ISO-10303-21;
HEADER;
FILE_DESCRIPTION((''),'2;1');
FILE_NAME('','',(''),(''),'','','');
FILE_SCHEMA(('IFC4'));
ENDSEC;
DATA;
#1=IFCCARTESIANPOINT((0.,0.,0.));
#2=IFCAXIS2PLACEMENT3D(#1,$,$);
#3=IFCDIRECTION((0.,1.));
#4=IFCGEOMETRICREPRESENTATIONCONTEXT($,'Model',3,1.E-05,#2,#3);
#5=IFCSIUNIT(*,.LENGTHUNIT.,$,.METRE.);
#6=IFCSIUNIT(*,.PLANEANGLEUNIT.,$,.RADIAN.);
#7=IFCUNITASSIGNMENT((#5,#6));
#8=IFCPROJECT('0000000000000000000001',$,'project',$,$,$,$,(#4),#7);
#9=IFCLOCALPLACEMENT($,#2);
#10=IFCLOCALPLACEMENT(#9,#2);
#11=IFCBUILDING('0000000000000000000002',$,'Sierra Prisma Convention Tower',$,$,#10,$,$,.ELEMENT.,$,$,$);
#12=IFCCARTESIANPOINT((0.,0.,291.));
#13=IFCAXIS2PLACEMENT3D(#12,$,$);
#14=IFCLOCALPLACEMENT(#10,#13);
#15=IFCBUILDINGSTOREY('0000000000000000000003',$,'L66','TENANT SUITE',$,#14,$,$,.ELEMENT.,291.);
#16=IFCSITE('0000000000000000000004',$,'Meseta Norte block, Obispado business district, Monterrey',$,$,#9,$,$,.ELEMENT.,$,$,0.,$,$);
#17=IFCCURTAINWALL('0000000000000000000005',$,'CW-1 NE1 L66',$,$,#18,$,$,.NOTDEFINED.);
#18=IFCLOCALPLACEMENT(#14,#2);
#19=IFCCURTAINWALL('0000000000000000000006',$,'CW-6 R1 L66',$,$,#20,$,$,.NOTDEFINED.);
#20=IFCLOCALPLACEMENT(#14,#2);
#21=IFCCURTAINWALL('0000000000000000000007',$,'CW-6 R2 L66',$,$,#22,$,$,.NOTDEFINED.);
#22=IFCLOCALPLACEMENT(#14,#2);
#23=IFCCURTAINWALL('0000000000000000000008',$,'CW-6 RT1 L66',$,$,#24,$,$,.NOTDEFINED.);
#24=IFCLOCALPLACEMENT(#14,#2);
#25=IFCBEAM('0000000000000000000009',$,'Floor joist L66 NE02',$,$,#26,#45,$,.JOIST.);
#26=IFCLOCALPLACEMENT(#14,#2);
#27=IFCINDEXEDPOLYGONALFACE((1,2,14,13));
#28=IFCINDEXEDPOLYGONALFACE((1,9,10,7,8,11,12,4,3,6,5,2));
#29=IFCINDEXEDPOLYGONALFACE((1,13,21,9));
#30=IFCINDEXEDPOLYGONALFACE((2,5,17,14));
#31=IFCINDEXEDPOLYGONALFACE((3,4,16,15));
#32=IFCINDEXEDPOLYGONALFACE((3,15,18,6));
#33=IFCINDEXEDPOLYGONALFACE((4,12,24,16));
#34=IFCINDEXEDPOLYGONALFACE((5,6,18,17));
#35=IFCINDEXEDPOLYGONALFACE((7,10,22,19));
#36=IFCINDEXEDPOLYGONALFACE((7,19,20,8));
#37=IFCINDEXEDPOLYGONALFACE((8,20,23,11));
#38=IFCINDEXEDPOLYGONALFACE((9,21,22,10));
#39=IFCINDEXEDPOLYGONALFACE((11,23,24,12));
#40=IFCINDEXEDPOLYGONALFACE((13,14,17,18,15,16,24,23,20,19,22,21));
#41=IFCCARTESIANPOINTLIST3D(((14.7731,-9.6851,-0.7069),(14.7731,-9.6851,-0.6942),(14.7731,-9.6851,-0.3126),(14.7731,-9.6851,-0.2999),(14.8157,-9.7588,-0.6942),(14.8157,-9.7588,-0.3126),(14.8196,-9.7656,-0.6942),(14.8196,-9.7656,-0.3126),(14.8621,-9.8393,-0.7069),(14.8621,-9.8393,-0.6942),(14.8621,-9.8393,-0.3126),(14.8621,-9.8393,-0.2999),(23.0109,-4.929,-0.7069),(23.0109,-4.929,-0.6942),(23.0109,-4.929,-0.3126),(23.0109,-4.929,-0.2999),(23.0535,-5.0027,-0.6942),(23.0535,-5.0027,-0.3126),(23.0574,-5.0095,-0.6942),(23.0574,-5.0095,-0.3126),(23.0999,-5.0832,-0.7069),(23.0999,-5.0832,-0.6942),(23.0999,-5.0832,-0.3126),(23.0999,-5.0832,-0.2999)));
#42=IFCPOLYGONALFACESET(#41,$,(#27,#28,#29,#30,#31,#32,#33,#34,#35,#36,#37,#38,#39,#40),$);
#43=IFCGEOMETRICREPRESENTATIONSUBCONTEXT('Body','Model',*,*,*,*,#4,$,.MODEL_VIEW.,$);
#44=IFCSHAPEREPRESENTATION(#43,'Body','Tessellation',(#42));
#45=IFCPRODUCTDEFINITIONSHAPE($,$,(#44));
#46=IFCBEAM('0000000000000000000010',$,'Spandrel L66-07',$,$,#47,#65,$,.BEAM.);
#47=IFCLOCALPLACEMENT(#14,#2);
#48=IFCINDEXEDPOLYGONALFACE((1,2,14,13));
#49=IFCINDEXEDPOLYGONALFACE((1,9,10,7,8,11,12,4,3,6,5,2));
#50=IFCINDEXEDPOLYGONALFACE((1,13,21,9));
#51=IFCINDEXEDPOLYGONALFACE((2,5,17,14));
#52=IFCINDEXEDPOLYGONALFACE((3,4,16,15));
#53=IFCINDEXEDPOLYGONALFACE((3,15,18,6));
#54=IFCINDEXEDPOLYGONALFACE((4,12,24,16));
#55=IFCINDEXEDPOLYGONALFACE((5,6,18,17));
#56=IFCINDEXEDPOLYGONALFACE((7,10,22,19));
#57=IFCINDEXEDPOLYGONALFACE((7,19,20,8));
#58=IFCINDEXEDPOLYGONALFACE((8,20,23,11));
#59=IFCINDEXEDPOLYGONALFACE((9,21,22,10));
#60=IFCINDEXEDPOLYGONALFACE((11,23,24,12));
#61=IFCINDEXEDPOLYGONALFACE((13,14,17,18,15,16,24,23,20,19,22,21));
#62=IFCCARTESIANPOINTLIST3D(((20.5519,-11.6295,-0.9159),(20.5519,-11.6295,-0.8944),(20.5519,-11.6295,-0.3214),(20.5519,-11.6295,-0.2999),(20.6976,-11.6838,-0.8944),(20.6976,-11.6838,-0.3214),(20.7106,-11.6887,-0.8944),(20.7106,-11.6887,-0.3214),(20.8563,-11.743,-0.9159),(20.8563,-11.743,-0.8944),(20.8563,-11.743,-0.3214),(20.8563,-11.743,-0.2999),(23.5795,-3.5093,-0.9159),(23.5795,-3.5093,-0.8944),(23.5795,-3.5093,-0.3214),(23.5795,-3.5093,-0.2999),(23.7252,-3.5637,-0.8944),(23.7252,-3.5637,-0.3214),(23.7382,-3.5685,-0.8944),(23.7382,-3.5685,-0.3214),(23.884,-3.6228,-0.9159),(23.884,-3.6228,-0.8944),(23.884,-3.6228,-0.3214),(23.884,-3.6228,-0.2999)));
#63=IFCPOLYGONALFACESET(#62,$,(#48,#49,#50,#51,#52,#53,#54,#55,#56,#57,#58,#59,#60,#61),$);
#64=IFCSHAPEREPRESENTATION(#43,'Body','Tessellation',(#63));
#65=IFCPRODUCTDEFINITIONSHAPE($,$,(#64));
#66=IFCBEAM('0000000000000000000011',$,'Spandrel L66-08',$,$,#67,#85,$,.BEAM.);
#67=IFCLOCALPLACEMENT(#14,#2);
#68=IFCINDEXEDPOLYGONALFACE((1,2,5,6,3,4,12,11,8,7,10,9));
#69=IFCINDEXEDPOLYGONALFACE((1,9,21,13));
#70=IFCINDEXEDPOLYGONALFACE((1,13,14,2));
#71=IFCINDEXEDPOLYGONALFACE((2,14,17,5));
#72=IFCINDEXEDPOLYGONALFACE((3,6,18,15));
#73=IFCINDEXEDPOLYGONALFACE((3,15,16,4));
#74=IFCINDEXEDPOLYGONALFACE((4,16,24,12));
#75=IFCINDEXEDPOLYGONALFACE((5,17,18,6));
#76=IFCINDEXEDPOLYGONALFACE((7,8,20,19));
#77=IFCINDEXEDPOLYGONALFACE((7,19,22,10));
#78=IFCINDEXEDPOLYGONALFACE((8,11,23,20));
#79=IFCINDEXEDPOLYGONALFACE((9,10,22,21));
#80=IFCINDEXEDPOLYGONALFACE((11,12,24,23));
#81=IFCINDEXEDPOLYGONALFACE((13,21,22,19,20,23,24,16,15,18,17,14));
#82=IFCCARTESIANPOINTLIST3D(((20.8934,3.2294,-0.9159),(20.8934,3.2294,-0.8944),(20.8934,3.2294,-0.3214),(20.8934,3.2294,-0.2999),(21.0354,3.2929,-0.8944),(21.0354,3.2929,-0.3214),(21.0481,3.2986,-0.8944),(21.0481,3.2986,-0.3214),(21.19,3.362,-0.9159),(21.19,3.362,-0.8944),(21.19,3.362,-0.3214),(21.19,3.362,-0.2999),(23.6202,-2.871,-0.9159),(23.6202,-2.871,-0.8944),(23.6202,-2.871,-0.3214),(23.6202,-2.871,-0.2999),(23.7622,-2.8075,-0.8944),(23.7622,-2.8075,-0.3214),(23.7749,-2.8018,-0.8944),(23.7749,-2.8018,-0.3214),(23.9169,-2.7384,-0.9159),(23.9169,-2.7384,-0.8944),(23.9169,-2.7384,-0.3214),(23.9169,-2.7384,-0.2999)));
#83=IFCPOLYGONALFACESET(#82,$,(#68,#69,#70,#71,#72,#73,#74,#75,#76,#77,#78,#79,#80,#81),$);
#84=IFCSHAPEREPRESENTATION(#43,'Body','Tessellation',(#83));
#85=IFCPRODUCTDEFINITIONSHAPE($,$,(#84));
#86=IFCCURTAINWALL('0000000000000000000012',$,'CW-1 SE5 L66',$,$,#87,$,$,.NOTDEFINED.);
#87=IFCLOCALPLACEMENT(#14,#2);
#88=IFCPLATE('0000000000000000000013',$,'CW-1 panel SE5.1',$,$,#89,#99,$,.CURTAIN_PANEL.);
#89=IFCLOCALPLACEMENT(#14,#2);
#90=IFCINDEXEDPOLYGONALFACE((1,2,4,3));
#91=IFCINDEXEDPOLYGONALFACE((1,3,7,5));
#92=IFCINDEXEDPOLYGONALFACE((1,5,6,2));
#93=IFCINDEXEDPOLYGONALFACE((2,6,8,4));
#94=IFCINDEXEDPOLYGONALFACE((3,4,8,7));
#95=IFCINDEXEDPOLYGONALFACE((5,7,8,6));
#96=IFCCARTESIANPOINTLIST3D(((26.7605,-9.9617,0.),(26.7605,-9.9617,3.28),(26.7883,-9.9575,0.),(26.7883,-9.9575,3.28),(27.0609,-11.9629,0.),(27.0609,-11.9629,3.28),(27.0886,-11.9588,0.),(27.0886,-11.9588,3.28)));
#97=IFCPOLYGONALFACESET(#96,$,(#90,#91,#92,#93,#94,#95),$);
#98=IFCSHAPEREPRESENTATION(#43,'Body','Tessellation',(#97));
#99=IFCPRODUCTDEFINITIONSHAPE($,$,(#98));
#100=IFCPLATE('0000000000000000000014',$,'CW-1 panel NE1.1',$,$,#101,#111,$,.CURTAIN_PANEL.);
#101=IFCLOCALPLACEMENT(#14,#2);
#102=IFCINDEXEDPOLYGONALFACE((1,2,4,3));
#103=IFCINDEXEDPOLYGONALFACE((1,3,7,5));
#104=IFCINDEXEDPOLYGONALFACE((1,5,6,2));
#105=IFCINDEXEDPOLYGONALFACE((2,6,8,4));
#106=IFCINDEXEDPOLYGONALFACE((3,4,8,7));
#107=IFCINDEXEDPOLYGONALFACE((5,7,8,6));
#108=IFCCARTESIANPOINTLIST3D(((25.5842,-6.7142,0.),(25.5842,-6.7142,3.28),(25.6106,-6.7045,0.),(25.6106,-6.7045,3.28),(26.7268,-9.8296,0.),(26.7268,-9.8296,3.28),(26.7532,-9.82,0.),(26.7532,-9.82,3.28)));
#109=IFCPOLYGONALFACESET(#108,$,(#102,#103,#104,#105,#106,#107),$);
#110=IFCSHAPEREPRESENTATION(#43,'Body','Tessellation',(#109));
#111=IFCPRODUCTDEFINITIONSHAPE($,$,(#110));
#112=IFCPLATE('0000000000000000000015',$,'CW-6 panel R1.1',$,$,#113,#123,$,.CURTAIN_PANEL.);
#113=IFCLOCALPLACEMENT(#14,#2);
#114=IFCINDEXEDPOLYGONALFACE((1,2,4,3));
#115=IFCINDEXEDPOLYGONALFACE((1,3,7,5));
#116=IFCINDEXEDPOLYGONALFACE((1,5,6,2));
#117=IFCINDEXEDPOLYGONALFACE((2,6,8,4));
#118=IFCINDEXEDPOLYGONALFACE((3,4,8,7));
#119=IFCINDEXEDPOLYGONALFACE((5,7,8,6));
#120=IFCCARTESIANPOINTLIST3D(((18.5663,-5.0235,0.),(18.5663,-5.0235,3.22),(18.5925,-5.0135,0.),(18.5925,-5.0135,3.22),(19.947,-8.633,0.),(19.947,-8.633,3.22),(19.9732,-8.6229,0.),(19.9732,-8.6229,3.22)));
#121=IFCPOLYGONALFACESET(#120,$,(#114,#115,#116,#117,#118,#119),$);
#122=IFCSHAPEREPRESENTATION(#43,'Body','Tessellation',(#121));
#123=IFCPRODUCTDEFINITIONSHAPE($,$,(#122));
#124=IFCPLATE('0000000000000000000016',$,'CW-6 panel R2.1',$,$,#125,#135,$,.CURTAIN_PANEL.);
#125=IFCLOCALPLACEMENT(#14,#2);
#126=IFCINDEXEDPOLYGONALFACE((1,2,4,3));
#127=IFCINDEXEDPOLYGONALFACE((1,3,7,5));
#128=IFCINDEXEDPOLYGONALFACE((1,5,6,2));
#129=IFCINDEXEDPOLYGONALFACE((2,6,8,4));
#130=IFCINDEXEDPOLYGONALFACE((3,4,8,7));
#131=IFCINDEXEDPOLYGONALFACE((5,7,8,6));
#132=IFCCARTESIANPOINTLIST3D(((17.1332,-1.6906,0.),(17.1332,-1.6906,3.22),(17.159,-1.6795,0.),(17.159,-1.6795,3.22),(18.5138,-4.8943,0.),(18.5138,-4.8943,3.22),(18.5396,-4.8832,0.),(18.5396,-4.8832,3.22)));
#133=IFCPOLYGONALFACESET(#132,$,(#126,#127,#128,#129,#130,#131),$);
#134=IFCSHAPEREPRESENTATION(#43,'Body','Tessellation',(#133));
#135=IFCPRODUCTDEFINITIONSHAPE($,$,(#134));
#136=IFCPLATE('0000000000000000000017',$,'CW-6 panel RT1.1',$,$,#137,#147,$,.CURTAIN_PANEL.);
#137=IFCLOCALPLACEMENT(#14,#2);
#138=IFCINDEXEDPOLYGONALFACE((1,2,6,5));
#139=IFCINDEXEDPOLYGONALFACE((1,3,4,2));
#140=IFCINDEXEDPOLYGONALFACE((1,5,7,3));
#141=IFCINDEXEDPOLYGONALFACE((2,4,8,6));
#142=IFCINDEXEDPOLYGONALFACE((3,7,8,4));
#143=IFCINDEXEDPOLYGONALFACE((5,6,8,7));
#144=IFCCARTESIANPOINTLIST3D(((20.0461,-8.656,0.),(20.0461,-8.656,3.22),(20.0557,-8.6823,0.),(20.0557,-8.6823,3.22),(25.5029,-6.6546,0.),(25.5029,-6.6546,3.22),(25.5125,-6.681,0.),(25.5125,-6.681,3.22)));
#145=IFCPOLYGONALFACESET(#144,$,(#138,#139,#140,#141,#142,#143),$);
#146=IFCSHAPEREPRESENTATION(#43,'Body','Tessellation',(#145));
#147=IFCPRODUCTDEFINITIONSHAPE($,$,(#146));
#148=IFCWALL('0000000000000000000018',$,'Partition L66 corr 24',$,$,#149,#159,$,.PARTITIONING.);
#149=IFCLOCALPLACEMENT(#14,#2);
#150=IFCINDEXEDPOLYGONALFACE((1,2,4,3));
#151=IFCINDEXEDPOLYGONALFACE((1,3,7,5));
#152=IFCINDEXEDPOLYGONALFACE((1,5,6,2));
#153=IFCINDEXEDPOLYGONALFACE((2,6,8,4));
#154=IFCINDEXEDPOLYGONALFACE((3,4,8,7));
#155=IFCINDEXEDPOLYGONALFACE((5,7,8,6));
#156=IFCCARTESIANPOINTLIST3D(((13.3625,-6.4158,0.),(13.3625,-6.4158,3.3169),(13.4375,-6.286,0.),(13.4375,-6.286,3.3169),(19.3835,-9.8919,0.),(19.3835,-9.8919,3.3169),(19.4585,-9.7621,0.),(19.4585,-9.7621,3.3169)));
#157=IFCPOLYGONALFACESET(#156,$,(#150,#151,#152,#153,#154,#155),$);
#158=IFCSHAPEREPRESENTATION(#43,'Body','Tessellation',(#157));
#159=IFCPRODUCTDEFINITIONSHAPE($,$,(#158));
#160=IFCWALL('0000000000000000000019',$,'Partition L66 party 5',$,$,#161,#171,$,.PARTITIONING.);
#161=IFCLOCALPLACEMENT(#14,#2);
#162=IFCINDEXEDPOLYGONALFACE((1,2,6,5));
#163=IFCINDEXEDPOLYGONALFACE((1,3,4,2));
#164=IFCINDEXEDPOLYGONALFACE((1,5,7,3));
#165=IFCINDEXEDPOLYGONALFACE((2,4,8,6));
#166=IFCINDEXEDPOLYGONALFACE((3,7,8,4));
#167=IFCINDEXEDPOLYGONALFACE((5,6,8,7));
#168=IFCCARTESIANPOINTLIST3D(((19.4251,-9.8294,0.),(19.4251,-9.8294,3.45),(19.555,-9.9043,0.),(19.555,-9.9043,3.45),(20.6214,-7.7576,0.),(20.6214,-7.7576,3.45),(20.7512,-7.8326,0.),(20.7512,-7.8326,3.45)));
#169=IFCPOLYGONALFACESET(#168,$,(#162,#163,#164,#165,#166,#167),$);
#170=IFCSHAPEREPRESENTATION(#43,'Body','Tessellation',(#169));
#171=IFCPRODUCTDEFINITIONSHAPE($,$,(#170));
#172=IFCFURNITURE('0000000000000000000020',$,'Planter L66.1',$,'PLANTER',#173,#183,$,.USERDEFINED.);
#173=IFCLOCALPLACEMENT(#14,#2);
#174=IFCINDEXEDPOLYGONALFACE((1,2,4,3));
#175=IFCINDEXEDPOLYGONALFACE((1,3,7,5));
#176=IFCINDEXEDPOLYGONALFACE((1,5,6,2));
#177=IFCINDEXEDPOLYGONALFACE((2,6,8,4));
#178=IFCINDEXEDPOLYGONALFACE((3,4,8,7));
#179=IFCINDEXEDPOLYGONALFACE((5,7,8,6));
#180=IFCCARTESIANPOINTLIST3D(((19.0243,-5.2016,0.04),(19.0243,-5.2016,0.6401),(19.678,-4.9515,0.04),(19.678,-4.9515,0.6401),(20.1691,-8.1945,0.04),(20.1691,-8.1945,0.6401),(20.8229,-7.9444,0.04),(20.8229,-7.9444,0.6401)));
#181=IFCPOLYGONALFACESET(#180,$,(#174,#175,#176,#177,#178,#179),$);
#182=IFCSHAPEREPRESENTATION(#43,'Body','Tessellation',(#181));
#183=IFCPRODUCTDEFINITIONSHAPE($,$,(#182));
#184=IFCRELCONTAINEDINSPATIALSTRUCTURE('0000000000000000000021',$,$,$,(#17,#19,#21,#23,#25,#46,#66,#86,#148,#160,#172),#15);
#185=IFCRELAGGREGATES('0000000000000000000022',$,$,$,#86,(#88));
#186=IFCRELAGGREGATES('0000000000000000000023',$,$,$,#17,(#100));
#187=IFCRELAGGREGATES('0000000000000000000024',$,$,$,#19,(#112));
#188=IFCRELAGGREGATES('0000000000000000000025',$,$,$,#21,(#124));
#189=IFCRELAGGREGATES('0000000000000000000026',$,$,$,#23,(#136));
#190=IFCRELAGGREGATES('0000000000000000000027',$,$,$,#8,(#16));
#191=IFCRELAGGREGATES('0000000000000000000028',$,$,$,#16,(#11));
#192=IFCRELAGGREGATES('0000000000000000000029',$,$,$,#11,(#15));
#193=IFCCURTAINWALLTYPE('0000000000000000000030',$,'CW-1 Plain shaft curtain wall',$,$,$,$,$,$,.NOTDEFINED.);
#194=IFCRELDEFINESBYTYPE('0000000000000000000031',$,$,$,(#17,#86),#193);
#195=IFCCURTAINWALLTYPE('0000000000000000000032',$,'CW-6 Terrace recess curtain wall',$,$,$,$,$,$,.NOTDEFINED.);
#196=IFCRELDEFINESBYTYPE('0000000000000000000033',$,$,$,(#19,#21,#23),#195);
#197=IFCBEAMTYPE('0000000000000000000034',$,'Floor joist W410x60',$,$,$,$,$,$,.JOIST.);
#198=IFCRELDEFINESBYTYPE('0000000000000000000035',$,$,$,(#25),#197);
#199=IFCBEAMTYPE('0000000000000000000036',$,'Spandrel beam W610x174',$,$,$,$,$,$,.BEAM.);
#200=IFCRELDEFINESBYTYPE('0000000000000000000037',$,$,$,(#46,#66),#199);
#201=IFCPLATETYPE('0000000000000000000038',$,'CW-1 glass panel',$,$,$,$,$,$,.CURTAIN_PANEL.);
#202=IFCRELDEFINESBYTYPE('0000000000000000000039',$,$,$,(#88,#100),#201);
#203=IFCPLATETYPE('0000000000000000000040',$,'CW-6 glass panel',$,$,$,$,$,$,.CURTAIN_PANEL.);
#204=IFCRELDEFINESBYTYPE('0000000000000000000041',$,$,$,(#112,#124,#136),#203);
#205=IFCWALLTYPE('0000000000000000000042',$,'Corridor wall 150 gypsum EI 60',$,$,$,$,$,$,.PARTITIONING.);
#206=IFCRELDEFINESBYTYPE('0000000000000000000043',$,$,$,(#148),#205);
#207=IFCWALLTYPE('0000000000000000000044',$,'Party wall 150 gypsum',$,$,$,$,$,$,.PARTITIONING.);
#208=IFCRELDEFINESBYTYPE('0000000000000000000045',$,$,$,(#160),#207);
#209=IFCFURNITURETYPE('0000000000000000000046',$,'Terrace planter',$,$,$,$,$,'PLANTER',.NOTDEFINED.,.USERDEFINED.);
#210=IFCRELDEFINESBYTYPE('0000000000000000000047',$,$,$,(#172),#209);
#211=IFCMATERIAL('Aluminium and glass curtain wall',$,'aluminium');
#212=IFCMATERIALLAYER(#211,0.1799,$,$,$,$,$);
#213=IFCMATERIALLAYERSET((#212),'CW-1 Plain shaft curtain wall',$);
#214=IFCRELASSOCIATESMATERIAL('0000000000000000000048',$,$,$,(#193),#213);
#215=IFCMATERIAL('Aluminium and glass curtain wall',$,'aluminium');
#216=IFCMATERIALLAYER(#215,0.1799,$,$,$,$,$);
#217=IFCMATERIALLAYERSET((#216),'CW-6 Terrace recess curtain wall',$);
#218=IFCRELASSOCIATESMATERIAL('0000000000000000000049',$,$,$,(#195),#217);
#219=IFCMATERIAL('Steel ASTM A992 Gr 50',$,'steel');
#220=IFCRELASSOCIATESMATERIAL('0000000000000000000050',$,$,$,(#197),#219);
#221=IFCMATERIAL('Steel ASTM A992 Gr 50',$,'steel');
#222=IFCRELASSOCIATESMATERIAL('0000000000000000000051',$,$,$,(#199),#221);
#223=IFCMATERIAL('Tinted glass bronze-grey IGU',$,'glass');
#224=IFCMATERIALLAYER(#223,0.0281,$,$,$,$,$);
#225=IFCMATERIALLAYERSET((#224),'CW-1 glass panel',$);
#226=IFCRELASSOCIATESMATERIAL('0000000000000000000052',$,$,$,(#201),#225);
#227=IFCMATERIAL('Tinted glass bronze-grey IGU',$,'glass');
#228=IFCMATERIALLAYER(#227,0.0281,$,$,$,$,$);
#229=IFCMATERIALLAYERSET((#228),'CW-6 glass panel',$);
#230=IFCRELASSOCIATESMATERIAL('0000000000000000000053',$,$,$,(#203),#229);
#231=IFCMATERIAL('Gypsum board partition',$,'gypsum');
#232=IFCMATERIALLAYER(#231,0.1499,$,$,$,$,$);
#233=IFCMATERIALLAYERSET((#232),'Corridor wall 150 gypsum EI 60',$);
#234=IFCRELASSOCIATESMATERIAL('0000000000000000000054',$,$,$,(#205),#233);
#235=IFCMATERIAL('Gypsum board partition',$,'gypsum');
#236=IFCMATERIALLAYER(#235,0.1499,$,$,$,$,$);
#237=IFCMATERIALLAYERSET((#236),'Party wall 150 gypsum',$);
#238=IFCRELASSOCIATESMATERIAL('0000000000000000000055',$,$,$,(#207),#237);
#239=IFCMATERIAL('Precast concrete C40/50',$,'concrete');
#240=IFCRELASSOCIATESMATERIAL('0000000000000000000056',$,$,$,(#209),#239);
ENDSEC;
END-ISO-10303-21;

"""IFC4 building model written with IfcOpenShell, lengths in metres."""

from ifc_helpers import new_model, si_unit, direction, frame, frame_2d, origin, origin_2d, place, context, subcontext, project, spatial, rectangle, i_section, extrude, material, layer, layer_set, material_profile, profile_set, type_object, element, aggregate, save


model = new_model("IFC4")

# Units and contexts
model_context = context("Model", 3, precision=1e-05, world=origin(), true_north=direction((0.0, 1.0)))
body_context = subcontext(model_context, "Body", "Model", "MODEL_VIEW")
ifc_project = project(units=[si_unit("LENGTHUNIT", "METRE"), si_unit("PLANEANGLEUNIT", "RADIAN")], contexts=[model_context])

# Site, building, storey
site_placement = place(None, origin())
site = spatial("IfcSite", under=ifc_project, at=site_placement, Name="Meseta Norte block, Obispado business district, Monterrey", CompositionType="ELEMENT", RefElevation=0.0)
building_placement = place(site_placement, origin())
building = spatial("IfcBuilding", under=site, at=building_placement, Name="Sierra Prisma Convention Tower", CompositionType="ELEMENT")
storey_placement = place(building_placement, frame((0.0, 0.0, 291.0)))
storey = spatial("IfcBuildingStorey", under=building, at=storey_placement, Name="L66", Description="TENANT SUITE", CompositionType="ELEMENT", Elevation=291.0)

# Curtain wall
ifc_material_1 = material(Name="Aluminium and glass curtain wall", Category="aluminium")
ifc_layer_1 = layer(ifc_material_1, 0.1799)
ifc_layer_set_1 = layer_set([ifc_layer_1], Name="CW-1 Plain shaft curtain wall")
curtain_wall_type_1 = type_object("IfcCurtainWallType", Name="CW-1 Plain shaft curtain wall", PredefinedType="NOTDEFINED", material=ifc_layer_set_1)
curtain_wall_1_placement = place(storey_placement, origin())
curtain_wall_1 = element("IfcCurtainWall", 1, at=curtain_wall_1_placement, inside=storey, type_object=curtain_wall_type_1, Name="CW-1 NE1 L66", PredefinedType="NOTDEFINED")

# Curtain walls
ifc_material_2 = material(Name="Aluminium and glass curtain wall", Category="aluminium")
ifc_layer_2 = layer(ifc_material_2, 0.1799)
ifc_layer_set_2 = layer_set([ifc_layer_2], Name="CW-6 Terrace recess curtain wall")
curtain_wall_type_2 = type_object("IfcCurtainWallType", Name="CW-6 Terrace recess curtain wall", PredefinedType="NOTDEFINED", material=ifc_layer_set_2)
curtain_wall_2_placement = place(storey_placement, origin())
curtain_wall_2 = element("IfcCurtainWall", 2, at=curtain_wall_2_placement, inside=storey, type_object=curtain_wall_type_2, Name="CW-6 R1 L66", PredefinedType="NOTDEFINED")
curtain_wall_3_placement = place(storey_placement, origin())
curtain_wall_3 = element("IfcCurtainWall", 3, at=curtain_wall_3_placement, inside=storey, type_object=curtain_wall_type_2, Name="CW-6 R2 L66", PredefinedType="NOTDEFINED")

# Curtain wall
curtain_wall_4_placement = place(storey_placement, origin())
curtain_wall_4 = element("IfcCurtainWall", 4, at=curtain_wall_4_placement, inside=storey, type_object=curtain_wall_type_2, Name="CW-6 RT1 L66", PredefinedType="NOTDEFINED")

# Beams
ifc_material_3 = material(Name="Steel ASTM A992 Gr 50", Category="steel")
ifc_material_profile_1 = material_profile(ifc_material_3, i_section(OverallWidth=0.178, OverallDepth=0.407, WebThickness=0.0078, FlangeThickness=0.0127, at=origin_2d()), Name="W410x60")
ifc_profile_set_1 = profile_set([ifc_material_profile_1], Name="Steel ASTM A992 Gr 50")
beam_type_1 = type_object("IfcBeamType", Name="Floor joist W410x60", PredefinedType="JOIST", material=ifc_profile_set_1)
beam_1_placement = place(storey_placement, frame((23.0554, -5.0061, -0.5034), z_axis=(-0.866025, -0.500001, 0.0), x_axis=(0.500001, -0.866025, 0.0)))
element("IfcBeam", 5, at=beam_1_placement, inside=storey, type_object=beam_type_1, Name="Floor joist L66 NE02", PredefinedType="JOIST", context=body_context, shape_type="SweptSolid", body=[
    extrude(i_section(OverallWidth=0.178, OverallDepth=0.407, WebThickness=0.0078, FlangeThickness=0.0127, at=origin_2d()), origin(), (0.0, 0.0, 1.0), 9.5122),
])
ifc_material_4 = material(Name="Steel ASTM A992 Gr 50", Category="steel")
ifc_material_profile_2 = material_profile(ifc_material_4, i_section(OverallWidth=0.325, OverallDepth=0.616, WebThickness=0.0139, FlangeThickness=0.0215, at=origin_2d()), Name="W610x174")
ifc_profile_set_2 = profile_set([ifc_material_profile_2], Name="Steel ASTM A992 Gr 50")
beam_type_2 = type_object("IfcBeamType", Name="Spandrel beam W610x174", PredefinedType="BEAM", material=ifc_profile_set_2)
beam_2_placement = place(storey_placement, frame((20.7041, -11.6863, -0.6079), z_axis=(0.349357, 0.93699, 0.0), x_axis=(-0.93699, 0.349357, 0.0)))
element("IfcBeam", 6, at=beam_2_placement, inside=storey, type_object=beam_type_2, Name="Spandrel L66-07", PredefinedType="BEAM", context=body_context, shape_type="SweptSolid", body=[
    extrude(i_section(OverallWidth=0.325, OverallDepth=0.616, WebThickness=0.0139, FlangeThickness=0.0215, at=origin_2d()), origin(), (0.0, 0.0, 1.0), 8.6663),
])
beam_3_placement = place(storey_placement, frame((23.7686, -2.8047, -0.6079), z_axis=(-0.40808, 0.912946, 0.0), x_axis=(-0.912946, -0.40808, 0.0)))
element("IfcBeam", 7, at=beam_3_placement, inside=storey, type_object=beam_type_2, Name="Spandrel L66-08", PredefinedType="BEAM", context=body_context, shape_type="SweptSolid", body=[
    extrude(i_section(OverallWidth=0.325, OverallDepth=0.616, WebThickness=0.0139, FlangeThickness=0.0215, at=origin_2d()), origin(), (0.0, 0.0, 1.0), 6.6821),
])

# Curtain wall, plate
curtain_wall_5_placement = place(storey_placement, origin())
curtain_wall_5 = element("IfcCurtainWall", 8, at=curtain_wall_5_placement, inside=storey, type_object=curtain_wall_type_1, Name="CW-1 SE5 L66", PredefinedType="NOTDEFINED")
ifc_material_5 = material(Name="Tinted glass bronze-grey IGU", Category="glass")
ifc_layer_3 = layer(ifc_material_5, 0.0281)
ifc_layer_set_3 = layer_set([ifc_layer_3], Name="CW-1 glass panel")
plate_type_1 = type_object("IfcPlateType", Name="CW-1 glass panel", PredefinedType="CURTAIN_PANEL", material=ifc_layer_set_3)
plate_1_placement = place(storey_placement, frame((26.9246, -10.9602, 0.0), z_axis=(0.0, 0.0, 1.0), x_axis=(-0.148422, 0.988924, 0.0)))
plate_1 = element("IfcPlate", 9, at=plate_1_placement, type_object=plate_type_1, Name="CW-1 panel SE5.1", PredefinedType="CURTAIN_PANEL", context=body_context, shape_type="SweptSolid", body=[
    extrude(rectangle(XDim=2.0237, YDim=0.0281, at=origin_2d()), origin(), (0.0, 0.0, 1.0), 3.28),
])
aggregate(curtain_wall_5, [plate_1])

# Plates
plate_2_placement = place(storey_placement, frame((26.1687, -8.2671, 0.0), z_axis=(0.0, 0.0, 1.0), x_axis=(-0.344334, 0.938847, 0.0)))
plate_2 = element("IfcPlate", 10, at=plate_2_placement, type_object=plate_type_1, Name="CW-1 panel NE1.1", PredefinedType="CURTAIN_PANEL", context=body_context, shape_type="SweptSolid", body=[
    extrude(rectangle(XDim=3.3184, YDim=0.0281, at=origin_2d()), origin(), (0.0, 0.0, 1.0), 3.28),
])
aggregate(curtain_wall_1, [plate_2])
ifc_material_6 = material(Name="Tinted glass bronze-grey IGU", Category="glass")
ifc_layer_4 = layer(ifc_material_6, 0.0281)
ifc_layer_set_4 = layer_set([ifc_layer_4], Name="CW-6 glass panel")
plate_type_2 = type_object("IfcPlateType", Name="CW-6 glass panel", PredefinedType="CURTAIN_PANEL", material=ifc_layer_set_4)
plate_3_placement = place(storey_placement, frame((19.2698, -6.8232, 0.0), z_axis=(0.0, 0.0, 1.0), x_axis=(-0.357277, 0.933999, 0.0)))
plate_3 = element("IfcPlate", 11, at=plate_3_placement, type_object=plate_type_2, Name="CW-6 panel R1.1", PredefinedType="CURTAIN_PANEL", context=body_context, shape_type="SweptSolid", body=[
    extrude(rectangle(XDim=3.8645, YDim=0.0281, at=origin_2d()), origin(), (0.0, 0.0, 1.0), 3.22),
])
aggregate(curtain_wall_2, [plate_3])
plate_4_placement = place(storey_placement, frame((17.8364, -3.2869, 0.0), z_axis=(0.0, 0.0, 1.0), x_axis=(-0.395756, 0.918356, 0.0)))
plate_4 = element("IfcPlate", 12, at=plate_4_placement, type_object=plate_type_2, Name="CW-6 panel R2.1", PredefinedType="CURTAIN_PANEL", context=body_context, shape_type="SweptSolid", body=[
    extrude(rectangle(XDim=3.4885, YDim=0.0281, at=origin_2d()), origin(), (0.0, 0.0, 1.0), 3.22),
])
aggregate(curtain_wall_3, [plate_4])
plate_5_placement = place(storey_placement, frame((22.7793, -7.6685, 0.0), z_axis=(0.0, 0.0, 1.0), x_axis=(-0.938847, -0.344334, 0.0)))
plate_5 = element("IfcPlate", 13, at=plate_5_placement, type_object=plate_type_2, Name="CW-6 panel RT1.1", PredefinedType="CURTAIN_PANEL", context=body_context, shape_type="SweptSolid", body=[
    extrude(rectangle(XDim=5.8123, YDim=0.0281, at=origin_2d()), origin(), (0.0, 0.0, 1.0), 3.22),
])
aggregate(curtain_wall_4, [plate_5])

# Walls
ifc_material_7 = material(Name="Gypsum board partition", Category="gypsum")
ifc_layer_5 = layer(ifc_material_7, 0.1499)
ifc_layer_set_5 = layer_set([ifc_layer_5], Name="Corridor wall 150 gypsum EI 60")
wall_type_1 = type_object("IfcWallType", Name="Corridor wall 150 gypsum EI 60", PredefinedType="PARTITIONING", material=ifc_layer_set_5)
wall_1_placement = place(storey_placement, frame((19.4209, -9.8269, 0.0), z_axis=(0.0, 0.0, 1.0), x_axis=(-0.866035, 0.499984, 0.0)))
element("IfcWall", 14, at=wall_1_placement, inside=storey, type_object=wall_type_1, Name="Partition L66 corr 24", PredefinedType="PARTITIONING", context=body_context, shape_type="SweptSolid", body=[
    extrude(rectangle(XDim=6.9524, YDim=0.1499, at=frame_2d((3.4761, 0.0))), origin(), (0.0, 0.0, 1.0), 3.3169),
])
ifc_material_8 = material(Name="Gypsum board partition", Category="gypsum")
ifc_layer_6 = layer(ifc_material_8, 0.1499)
ifc_layer_set_6 = layer_set([ifc_layer_6], Name="Party wall 150 gypsum")
wall_type_2 = type_object("IfcWallType", Name="Party wall 150 gypsum", PredefinedType="PARTITIONING", material=ifc_layer_set_6)
wall_2_placement = place(storey_placement, frame((19.49, -9.8669, 0.0), z_axis=(0.0, 0.0, 1.0), x_axis=(0.500046, 0.865999, 0.0)))
element("IfcWall", 15, at=wall_2_placement, inside=storey, type_object=wall_type_2, Name="Partition L66 party 5", PredefinedType="PARTITIONING", context=body_context, shape_type="SweptSolid", body=[
    extrude(rectangle(XDim=2.3923, YDim=0.1499, at=frame_2d((1.1963, 0.0))), origin(), (0.0, 0.0, 1.0), 3.45),
])

# Furniture
ifc_material_9 = material(Name="Precast concrete C40/50", Category="concrete")
furniture_type = type_object("IfcFurnitureType", Name="Terrace planter", ElementType="PLANTER", AssemblyPlace="NOTDEFINED", PredefinedType="USERDEFINED", material=ifc_material_9)
furniture_1_placement = place(storey_placement, frame((19.9236, -6.573, 0.04), z_axis=(0.0, 0.0, 1.0), x_axis=(-0.357277, 0.933999, 0.0)))
element("IfcFurniture", 16, at=furniture_1_placement, inside=storey, type_object=furniture_type, Name="Planter L66.1", ObjectType="PLANTER", PredefinedType="USERDEFINED", context=body_context, shape_type="SweptSolid", body=[
    extrude(rectangle(XDim=3.2043, YDim=0.7, at=origin_2d()), origin(), (0.0, 0.0, 1.0), 0.6001),
])

save(model, "model.ifc")
